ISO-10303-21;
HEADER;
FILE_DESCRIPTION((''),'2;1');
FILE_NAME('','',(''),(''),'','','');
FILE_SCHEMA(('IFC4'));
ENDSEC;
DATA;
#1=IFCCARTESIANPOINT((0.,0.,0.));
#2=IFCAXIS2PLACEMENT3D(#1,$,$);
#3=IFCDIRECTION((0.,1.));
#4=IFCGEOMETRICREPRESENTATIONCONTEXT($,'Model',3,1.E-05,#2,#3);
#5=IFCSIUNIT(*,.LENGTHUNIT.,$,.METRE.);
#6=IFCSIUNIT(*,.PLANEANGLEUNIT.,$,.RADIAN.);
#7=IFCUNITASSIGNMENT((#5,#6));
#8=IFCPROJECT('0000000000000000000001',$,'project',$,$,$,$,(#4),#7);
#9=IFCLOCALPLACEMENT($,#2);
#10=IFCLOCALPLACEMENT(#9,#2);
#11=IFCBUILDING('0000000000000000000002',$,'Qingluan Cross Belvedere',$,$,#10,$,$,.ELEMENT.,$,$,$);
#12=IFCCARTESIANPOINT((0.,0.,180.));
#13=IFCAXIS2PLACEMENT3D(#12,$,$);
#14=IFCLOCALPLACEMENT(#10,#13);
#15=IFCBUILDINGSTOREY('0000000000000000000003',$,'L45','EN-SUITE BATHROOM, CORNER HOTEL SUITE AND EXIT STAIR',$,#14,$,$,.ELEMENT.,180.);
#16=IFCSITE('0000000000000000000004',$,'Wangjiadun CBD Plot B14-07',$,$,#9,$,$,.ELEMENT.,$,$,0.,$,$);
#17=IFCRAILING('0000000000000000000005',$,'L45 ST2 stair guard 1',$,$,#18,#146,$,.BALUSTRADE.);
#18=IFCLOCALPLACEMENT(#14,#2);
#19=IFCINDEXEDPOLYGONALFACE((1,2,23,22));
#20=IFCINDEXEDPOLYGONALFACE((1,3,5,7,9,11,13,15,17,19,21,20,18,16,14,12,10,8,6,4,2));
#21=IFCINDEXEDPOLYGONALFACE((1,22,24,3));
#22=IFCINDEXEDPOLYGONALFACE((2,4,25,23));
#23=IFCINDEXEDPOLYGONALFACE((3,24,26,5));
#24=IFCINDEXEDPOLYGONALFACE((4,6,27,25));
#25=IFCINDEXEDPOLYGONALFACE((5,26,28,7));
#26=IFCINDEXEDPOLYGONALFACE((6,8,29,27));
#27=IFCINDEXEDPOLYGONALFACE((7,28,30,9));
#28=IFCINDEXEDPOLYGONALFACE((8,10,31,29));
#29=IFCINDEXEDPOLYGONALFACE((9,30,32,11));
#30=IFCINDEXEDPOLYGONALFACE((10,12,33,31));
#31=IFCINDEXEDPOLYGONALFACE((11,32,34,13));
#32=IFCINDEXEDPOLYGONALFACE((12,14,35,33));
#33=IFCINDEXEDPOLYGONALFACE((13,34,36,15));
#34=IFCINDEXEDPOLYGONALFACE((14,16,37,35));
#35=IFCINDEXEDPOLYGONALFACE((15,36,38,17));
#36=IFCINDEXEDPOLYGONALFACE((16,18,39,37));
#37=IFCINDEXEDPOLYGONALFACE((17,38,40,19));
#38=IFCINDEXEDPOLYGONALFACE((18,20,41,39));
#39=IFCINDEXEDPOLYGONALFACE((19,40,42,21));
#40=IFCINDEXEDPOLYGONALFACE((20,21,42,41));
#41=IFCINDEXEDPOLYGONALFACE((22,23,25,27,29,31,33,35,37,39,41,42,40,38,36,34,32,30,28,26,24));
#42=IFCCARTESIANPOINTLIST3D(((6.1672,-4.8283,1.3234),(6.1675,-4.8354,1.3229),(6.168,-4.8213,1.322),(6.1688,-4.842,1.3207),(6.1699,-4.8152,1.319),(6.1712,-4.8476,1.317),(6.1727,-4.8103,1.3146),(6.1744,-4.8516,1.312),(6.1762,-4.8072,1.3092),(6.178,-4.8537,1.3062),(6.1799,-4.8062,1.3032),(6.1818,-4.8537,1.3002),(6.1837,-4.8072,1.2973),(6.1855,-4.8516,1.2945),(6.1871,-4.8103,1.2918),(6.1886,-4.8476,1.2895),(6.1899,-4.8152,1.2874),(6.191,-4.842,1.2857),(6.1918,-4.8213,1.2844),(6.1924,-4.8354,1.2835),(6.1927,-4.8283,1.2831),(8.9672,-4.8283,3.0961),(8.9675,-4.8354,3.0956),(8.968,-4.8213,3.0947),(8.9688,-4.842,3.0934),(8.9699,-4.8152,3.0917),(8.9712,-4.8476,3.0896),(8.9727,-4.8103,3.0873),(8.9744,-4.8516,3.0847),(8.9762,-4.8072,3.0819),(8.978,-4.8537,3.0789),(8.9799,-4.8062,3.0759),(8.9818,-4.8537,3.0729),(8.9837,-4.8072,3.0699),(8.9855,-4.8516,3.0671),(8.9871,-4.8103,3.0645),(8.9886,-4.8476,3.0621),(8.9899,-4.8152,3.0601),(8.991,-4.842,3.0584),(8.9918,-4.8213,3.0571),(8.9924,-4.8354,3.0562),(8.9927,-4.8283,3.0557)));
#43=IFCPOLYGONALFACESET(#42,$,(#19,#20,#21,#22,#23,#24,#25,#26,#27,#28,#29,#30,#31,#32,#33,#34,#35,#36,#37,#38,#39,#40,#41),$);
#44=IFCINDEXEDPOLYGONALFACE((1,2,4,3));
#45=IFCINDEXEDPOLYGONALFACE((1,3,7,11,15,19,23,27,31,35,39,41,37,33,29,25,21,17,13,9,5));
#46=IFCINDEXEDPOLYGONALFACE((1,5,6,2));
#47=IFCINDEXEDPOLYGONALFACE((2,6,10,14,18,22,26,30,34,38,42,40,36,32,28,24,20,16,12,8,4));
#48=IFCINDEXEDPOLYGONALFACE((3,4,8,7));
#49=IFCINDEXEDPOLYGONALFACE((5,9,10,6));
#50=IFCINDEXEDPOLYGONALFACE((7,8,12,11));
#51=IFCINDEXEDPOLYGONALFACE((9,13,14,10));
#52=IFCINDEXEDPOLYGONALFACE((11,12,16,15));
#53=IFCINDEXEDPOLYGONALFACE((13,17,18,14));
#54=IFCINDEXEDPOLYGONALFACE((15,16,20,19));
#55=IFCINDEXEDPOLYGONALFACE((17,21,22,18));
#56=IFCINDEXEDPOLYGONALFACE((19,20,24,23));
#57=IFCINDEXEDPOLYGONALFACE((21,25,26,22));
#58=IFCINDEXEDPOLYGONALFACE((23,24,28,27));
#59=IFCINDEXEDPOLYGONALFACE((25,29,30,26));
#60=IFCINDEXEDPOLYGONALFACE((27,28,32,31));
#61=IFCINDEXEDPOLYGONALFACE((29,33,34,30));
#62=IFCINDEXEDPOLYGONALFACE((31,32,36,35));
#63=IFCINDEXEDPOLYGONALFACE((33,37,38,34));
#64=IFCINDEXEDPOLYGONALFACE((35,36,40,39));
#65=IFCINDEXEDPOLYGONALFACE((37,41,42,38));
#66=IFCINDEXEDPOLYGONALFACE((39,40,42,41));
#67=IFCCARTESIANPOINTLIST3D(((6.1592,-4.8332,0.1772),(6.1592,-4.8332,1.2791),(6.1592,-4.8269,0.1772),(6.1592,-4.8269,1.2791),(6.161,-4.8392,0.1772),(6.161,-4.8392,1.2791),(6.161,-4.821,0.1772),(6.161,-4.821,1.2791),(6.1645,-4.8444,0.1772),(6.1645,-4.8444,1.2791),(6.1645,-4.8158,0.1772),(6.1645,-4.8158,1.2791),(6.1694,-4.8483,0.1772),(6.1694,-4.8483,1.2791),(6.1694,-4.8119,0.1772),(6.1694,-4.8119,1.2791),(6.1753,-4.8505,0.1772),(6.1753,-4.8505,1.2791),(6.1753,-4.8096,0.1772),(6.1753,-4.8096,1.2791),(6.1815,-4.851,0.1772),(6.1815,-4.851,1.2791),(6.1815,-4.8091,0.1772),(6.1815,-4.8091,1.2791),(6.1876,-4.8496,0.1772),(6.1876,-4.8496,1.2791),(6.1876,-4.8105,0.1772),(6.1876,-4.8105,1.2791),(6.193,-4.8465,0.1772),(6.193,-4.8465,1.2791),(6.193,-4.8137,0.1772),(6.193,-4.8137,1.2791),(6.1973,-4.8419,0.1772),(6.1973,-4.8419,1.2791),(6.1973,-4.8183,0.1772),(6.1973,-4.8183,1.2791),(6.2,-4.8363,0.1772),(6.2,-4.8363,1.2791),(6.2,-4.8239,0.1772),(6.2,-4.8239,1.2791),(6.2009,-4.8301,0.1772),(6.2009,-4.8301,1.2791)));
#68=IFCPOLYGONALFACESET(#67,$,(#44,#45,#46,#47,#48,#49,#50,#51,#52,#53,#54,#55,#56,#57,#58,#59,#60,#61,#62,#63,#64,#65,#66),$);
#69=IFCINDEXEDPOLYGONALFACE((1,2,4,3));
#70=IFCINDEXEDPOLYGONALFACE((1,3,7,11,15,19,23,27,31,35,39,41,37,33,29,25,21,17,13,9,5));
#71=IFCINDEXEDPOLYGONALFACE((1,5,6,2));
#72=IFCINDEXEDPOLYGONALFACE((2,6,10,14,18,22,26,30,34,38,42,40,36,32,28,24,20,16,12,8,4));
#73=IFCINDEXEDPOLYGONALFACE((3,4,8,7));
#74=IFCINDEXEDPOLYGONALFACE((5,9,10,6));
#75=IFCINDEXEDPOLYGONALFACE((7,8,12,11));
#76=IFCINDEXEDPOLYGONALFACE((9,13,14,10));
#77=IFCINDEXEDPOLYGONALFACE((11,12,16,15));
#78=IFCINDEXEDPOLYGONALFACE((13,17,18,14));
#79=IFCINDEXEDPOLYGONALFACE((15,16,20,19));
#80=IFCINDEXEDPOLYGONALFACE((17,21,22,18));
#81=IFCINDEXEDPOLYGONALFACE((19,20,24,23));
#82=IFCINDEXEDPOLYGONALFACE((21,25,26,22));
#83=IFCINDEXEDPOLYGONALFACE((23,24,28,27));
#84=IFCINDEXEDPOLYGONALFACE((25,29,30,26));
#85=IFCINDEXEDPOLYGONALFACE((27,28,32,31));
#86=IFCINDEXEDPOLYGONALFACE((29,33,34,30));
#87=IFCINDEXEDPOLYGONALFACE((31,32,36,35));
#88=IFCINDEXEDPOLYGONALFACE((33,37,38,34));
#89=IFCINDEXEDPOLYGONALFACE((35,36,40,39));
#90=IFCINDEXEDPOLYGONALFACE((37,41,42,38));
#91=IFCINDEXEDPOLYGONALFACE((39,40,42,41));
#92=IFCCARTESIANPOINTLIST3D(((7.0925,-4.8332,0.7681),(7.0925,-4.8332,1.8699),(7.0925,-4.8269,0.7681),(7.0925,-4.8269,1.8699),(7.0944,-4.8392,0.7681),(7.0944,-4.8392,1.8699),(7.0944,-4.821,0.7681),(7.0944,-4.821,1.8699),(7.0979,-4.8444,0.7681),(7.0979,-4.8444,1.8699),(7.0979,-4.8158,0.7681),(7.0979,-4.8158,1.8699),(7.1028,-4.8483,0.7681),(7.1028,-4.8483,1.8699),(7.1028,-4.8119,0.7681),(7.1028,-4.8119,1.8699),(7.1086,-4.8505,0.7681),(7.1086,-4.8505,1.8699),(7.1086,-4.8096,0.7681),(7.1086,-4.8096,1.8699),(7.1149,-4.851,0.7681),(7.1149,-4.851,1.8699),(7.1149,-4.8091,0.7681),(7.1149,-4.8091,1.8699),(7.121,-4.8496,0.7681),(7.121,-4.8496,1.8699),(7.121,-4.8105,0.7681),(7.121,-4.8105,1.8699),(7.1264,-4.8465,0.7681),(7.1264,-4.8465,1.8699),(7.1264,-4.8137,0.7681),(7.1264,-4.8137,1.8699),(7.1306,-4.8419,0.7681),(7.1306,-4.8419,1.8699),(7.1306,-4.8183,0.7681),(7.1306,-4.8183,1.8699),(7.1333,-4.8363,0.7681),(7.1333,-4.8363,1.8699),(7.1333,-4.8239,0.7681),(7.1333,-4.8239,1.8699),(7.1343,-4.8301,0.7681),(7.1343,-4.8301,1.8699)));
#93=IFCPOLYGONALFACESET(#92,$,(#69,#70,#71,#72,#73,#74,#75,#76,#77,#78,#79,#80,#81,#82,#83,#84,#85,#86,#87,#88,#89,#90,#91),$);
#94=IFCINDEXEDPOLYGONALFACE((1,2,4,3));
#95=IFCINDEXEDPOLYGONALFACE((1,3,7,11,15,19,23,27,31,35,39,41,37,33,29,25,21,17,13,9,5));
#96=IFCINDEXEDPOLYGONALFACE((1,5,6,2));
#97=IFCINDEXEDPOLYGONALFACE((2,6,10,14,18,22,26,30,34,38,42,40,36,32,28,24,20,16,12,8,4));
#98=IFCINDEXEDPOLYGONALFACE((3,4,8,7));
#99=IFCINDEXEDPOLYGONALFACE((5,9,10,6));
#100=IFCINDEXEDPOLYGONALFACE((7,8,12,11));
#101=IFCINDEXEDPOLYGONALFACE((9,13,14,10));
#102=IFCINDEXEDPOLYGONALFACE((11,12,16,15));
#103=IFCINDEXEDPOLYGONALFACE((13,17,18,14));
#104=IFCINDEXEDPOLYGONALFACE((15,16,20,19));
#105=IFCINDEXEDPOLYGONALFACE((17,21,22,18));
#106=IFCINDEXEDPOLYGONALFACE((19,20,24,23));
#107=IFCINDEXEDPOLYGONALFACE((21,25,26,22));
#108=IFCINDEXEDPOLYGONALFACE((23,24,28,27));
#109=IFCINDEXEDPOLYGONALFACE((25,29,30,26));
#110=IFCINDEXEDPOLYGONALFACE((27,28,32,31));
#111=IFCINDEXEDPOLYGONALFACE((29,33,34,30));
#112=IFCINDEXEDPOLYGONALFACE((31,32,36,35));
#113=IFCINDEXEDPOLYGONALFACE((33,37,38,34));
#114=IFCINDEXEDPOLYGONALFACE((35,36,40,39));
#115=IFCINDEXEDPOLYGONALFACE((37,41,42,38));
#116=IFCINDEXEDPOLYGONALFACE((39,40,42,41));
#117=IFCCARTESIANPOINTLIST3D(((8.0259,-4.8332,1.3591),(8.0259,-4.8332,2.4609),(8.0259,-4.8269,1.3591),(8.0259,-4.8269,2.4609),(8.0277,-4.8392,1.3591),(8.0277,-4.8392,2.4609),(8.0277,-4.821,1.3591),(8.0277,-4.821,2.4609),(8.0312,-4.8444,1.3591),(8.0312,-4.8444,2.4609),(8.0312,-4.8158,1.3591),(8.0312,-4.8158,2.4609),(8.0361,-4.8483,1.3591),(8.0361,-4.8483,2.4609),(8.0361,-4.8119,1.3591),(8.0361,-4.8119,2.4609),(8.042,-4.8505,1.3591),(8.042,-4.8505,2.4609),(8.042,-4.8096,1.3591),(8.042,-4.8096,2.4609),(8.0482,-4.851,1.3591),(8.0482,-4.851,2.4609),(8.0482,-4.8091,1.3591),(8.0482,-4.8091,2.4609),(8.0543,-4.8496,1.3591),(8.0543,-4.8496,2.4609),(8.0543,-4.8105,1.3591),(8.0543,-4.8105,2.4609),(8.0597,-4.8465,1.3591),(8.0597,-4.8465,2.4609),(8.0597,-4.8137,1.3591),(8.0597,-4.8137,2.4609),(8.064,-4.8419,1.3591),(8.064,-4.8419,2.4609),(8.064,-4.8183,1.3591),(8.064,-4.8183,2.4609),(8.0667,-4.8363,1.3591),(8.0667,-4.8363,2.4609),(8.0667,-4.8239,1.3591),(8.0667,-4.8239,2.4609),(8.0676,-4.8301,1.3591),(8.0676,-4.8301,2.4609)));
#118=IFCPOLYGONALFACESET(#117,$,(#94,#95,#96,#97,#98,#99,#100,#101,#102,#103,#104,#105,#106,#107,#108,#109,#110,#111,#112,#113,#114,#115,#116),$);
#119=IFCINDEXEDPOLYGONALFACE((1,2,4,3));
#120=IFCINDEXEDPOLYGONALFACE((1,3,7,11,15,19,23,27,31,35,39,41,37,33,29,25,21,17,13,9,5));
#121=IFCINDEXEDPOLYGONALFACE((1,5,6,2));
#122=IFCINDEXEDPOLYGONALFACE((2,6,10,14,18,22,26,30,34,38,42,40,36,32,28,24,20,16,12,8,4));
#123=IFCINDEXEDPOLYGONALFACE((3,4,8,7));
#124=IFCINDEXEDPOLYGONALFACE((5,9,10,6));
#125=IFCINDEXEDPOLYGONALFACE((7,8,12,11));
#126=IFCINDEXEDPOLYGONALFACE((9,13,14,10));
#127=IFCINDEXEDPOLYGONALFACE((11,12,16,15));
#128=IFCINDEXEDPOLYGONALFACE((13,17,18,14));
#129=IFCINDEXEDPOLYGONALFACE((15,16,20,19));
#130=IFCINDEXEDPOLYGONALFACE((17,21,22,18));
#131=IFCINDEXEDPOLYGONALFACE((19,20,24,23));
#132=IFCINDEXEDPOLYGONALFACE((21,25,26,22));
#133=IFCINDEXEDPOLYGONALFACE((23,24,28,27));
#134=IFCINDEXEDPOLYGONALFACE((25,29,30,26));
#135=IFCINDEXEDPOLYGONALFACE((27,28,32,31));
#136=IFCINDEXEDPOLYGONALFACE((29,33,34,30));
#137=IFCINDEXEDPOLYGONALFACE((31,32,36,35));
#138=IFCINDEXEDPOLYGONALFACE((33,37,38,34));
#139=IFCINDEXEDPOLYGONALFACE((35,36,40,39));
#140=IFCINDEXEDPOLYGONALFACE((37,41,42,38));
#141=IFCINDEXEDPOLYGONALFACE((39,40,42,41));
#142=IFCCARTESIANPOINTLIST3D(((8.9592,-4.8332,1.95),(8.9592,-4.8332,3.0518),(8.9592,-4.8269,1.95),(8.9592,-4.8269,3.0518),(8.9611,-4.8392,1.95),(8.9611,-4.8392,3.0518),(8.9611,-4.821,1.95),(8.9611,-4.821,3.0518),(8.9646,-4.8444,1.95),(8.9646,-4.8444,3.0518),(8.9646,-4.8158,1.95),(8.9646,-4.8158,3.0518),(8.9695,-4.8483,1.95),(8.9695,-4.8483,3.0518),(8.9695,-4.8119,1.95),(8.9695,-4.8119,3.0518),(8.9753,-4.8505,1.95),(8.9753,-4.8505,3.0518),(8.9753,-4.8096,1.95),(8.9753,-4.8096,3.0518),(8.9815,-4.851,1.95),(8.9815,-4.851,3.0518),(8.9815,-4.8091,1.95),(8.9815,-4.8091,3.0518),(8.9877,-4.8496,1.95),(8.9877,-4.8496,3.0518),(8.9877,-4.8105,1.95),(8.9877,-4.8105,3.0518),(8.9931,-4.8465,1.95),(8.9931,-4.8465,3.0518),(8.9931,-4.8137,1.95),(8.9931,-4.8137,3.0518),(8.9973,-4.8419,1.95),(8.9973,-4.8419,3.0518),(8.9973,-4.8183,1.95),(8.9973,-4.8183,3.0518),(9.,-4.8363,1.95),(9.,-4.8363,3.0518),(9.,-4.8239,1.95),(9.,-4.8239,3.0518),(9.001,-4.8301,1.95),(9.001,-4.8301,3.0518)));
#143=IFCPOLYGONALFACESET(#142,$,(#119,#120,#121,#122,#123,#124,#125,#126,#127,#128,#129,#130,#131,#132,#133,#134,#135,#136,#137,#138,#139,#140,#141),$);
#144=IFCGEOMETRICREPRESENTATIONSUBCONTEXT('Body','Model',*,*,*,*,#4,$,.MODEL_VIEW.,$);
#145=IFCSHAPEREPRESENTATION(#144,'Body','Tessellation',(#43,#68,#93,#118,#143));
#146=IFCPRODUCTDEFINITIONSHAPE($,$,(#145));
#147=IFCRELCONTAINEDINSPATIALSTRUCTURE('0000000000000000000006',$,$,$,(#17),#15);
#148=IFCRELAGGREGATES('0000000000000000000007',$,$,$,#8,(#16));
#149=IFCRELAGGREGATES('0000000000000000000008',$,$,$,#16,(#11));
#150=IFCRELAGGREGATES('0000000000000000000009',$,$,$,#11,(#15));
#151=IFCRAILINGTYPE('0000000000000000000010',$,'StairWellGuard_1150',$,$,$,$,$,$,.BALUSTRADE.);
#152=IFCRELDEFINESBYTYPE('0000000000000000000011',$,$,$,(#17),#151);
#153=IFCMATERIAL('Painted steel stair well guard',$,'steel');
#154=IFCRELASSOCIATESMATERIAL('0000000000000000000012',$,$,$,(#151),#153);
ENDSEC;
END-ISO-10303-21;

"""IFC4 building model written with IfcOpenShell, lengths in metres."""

from ifc_helpers import new_model, si_unit, direction, frame, origin, origin_2d, place, context, subcontext, project, spatial, circle, extrude, material, type_object, element, save


model = new_model("IFC4")

# Units and contexts
model_context = context("Model", 3, precision=1e-05, world=origin(), true_north=direction((0.0, 1.0)))
body_context = subcontext(model_context, "Body", "Model", "MODEL_VIEW")
ifc_project = project(units=[si_unit("LENGTHUNIT", "METRE"), si_unit("PLANEANGLEUNIT", "RADIAN")], contexts=[model_context])

# Site, building, storey
site_placement = place(None, origin())
site = spatial("IfcSite", under=ifc_project, at=site_placement, Name="Wangjiadun CBD Plot B14-07", CompositionType="ELEMENT", RefElevation=0.0)
building_placement = place(site_placement, origin())
building = spatial("IfcBuilding", under=site, at=building_placement, Name="Qingluan Cross Belvedere", CompositionType="ELEMENT")
storey_placement = place(building_placement, frame((0.0, 0.0, 180.0)))
storey = spatial("IfcBuildingStorey", under=building, at=storey_placement, Name="L45", Description="EN-SUITE BATHROOM, CORNER HOTEL SUITE AND EXIT STAIR", CompositionType="ELEMENT", Elevation=180.0)

# Railing
ifc_material_1 = material(Name="Painted steel stair well guard", Category="steel")
railing_type_1 = type_object("IfcRailingType", Name="StairWellGuard_1150", PredefinedType="BALUSTRADE", material=ifc_material_1)
railing_1_placement = place(storey_placement, frame((6.1799, -4.8301, 0.1772)))
element("IfcRailing", 1, at=railing_1_placement, inside=storey, type_object=railing_type_1, Name="L45 ST2 stair guard 1", PredefinedType="BALUSTRADE", context=body_context, shape_type="SweptSolid", body=[
    extrude(circle(Radius=0.0239, at=origin_2d()), frame((0.0, 0.0, 1.126), z_axis=(0.844909, 0.0, 0.53491), x_axis=(0.0, 1.0, 0.0)), (0.0, 0.0, 1.0), 3.314),
    extrude(circle(Radius=0.021, at=origin_2d()), origin(), (0.0, 0.0, 1.0), 1.1018),
    extrude(circle(Radius=0.021, at=origin_2d()), frame((0.9333, 0.0, 0.5908)), (0.0, 0.0, 1.0), 1.1018),
    extrude(circle(Radius=0.021, at=origin_2d()), frame((1.8667, 0.0, 1.1819)), (0.0, 0.0, 1.0), 1.1018),
    extrude(circle(Radius=0.021, at=origin_2d()), frame((2.8, 0.0, 1.7727)), (0.0, 0.0, 1.0), 1.1018),
])

save(model, "model.ifc")
